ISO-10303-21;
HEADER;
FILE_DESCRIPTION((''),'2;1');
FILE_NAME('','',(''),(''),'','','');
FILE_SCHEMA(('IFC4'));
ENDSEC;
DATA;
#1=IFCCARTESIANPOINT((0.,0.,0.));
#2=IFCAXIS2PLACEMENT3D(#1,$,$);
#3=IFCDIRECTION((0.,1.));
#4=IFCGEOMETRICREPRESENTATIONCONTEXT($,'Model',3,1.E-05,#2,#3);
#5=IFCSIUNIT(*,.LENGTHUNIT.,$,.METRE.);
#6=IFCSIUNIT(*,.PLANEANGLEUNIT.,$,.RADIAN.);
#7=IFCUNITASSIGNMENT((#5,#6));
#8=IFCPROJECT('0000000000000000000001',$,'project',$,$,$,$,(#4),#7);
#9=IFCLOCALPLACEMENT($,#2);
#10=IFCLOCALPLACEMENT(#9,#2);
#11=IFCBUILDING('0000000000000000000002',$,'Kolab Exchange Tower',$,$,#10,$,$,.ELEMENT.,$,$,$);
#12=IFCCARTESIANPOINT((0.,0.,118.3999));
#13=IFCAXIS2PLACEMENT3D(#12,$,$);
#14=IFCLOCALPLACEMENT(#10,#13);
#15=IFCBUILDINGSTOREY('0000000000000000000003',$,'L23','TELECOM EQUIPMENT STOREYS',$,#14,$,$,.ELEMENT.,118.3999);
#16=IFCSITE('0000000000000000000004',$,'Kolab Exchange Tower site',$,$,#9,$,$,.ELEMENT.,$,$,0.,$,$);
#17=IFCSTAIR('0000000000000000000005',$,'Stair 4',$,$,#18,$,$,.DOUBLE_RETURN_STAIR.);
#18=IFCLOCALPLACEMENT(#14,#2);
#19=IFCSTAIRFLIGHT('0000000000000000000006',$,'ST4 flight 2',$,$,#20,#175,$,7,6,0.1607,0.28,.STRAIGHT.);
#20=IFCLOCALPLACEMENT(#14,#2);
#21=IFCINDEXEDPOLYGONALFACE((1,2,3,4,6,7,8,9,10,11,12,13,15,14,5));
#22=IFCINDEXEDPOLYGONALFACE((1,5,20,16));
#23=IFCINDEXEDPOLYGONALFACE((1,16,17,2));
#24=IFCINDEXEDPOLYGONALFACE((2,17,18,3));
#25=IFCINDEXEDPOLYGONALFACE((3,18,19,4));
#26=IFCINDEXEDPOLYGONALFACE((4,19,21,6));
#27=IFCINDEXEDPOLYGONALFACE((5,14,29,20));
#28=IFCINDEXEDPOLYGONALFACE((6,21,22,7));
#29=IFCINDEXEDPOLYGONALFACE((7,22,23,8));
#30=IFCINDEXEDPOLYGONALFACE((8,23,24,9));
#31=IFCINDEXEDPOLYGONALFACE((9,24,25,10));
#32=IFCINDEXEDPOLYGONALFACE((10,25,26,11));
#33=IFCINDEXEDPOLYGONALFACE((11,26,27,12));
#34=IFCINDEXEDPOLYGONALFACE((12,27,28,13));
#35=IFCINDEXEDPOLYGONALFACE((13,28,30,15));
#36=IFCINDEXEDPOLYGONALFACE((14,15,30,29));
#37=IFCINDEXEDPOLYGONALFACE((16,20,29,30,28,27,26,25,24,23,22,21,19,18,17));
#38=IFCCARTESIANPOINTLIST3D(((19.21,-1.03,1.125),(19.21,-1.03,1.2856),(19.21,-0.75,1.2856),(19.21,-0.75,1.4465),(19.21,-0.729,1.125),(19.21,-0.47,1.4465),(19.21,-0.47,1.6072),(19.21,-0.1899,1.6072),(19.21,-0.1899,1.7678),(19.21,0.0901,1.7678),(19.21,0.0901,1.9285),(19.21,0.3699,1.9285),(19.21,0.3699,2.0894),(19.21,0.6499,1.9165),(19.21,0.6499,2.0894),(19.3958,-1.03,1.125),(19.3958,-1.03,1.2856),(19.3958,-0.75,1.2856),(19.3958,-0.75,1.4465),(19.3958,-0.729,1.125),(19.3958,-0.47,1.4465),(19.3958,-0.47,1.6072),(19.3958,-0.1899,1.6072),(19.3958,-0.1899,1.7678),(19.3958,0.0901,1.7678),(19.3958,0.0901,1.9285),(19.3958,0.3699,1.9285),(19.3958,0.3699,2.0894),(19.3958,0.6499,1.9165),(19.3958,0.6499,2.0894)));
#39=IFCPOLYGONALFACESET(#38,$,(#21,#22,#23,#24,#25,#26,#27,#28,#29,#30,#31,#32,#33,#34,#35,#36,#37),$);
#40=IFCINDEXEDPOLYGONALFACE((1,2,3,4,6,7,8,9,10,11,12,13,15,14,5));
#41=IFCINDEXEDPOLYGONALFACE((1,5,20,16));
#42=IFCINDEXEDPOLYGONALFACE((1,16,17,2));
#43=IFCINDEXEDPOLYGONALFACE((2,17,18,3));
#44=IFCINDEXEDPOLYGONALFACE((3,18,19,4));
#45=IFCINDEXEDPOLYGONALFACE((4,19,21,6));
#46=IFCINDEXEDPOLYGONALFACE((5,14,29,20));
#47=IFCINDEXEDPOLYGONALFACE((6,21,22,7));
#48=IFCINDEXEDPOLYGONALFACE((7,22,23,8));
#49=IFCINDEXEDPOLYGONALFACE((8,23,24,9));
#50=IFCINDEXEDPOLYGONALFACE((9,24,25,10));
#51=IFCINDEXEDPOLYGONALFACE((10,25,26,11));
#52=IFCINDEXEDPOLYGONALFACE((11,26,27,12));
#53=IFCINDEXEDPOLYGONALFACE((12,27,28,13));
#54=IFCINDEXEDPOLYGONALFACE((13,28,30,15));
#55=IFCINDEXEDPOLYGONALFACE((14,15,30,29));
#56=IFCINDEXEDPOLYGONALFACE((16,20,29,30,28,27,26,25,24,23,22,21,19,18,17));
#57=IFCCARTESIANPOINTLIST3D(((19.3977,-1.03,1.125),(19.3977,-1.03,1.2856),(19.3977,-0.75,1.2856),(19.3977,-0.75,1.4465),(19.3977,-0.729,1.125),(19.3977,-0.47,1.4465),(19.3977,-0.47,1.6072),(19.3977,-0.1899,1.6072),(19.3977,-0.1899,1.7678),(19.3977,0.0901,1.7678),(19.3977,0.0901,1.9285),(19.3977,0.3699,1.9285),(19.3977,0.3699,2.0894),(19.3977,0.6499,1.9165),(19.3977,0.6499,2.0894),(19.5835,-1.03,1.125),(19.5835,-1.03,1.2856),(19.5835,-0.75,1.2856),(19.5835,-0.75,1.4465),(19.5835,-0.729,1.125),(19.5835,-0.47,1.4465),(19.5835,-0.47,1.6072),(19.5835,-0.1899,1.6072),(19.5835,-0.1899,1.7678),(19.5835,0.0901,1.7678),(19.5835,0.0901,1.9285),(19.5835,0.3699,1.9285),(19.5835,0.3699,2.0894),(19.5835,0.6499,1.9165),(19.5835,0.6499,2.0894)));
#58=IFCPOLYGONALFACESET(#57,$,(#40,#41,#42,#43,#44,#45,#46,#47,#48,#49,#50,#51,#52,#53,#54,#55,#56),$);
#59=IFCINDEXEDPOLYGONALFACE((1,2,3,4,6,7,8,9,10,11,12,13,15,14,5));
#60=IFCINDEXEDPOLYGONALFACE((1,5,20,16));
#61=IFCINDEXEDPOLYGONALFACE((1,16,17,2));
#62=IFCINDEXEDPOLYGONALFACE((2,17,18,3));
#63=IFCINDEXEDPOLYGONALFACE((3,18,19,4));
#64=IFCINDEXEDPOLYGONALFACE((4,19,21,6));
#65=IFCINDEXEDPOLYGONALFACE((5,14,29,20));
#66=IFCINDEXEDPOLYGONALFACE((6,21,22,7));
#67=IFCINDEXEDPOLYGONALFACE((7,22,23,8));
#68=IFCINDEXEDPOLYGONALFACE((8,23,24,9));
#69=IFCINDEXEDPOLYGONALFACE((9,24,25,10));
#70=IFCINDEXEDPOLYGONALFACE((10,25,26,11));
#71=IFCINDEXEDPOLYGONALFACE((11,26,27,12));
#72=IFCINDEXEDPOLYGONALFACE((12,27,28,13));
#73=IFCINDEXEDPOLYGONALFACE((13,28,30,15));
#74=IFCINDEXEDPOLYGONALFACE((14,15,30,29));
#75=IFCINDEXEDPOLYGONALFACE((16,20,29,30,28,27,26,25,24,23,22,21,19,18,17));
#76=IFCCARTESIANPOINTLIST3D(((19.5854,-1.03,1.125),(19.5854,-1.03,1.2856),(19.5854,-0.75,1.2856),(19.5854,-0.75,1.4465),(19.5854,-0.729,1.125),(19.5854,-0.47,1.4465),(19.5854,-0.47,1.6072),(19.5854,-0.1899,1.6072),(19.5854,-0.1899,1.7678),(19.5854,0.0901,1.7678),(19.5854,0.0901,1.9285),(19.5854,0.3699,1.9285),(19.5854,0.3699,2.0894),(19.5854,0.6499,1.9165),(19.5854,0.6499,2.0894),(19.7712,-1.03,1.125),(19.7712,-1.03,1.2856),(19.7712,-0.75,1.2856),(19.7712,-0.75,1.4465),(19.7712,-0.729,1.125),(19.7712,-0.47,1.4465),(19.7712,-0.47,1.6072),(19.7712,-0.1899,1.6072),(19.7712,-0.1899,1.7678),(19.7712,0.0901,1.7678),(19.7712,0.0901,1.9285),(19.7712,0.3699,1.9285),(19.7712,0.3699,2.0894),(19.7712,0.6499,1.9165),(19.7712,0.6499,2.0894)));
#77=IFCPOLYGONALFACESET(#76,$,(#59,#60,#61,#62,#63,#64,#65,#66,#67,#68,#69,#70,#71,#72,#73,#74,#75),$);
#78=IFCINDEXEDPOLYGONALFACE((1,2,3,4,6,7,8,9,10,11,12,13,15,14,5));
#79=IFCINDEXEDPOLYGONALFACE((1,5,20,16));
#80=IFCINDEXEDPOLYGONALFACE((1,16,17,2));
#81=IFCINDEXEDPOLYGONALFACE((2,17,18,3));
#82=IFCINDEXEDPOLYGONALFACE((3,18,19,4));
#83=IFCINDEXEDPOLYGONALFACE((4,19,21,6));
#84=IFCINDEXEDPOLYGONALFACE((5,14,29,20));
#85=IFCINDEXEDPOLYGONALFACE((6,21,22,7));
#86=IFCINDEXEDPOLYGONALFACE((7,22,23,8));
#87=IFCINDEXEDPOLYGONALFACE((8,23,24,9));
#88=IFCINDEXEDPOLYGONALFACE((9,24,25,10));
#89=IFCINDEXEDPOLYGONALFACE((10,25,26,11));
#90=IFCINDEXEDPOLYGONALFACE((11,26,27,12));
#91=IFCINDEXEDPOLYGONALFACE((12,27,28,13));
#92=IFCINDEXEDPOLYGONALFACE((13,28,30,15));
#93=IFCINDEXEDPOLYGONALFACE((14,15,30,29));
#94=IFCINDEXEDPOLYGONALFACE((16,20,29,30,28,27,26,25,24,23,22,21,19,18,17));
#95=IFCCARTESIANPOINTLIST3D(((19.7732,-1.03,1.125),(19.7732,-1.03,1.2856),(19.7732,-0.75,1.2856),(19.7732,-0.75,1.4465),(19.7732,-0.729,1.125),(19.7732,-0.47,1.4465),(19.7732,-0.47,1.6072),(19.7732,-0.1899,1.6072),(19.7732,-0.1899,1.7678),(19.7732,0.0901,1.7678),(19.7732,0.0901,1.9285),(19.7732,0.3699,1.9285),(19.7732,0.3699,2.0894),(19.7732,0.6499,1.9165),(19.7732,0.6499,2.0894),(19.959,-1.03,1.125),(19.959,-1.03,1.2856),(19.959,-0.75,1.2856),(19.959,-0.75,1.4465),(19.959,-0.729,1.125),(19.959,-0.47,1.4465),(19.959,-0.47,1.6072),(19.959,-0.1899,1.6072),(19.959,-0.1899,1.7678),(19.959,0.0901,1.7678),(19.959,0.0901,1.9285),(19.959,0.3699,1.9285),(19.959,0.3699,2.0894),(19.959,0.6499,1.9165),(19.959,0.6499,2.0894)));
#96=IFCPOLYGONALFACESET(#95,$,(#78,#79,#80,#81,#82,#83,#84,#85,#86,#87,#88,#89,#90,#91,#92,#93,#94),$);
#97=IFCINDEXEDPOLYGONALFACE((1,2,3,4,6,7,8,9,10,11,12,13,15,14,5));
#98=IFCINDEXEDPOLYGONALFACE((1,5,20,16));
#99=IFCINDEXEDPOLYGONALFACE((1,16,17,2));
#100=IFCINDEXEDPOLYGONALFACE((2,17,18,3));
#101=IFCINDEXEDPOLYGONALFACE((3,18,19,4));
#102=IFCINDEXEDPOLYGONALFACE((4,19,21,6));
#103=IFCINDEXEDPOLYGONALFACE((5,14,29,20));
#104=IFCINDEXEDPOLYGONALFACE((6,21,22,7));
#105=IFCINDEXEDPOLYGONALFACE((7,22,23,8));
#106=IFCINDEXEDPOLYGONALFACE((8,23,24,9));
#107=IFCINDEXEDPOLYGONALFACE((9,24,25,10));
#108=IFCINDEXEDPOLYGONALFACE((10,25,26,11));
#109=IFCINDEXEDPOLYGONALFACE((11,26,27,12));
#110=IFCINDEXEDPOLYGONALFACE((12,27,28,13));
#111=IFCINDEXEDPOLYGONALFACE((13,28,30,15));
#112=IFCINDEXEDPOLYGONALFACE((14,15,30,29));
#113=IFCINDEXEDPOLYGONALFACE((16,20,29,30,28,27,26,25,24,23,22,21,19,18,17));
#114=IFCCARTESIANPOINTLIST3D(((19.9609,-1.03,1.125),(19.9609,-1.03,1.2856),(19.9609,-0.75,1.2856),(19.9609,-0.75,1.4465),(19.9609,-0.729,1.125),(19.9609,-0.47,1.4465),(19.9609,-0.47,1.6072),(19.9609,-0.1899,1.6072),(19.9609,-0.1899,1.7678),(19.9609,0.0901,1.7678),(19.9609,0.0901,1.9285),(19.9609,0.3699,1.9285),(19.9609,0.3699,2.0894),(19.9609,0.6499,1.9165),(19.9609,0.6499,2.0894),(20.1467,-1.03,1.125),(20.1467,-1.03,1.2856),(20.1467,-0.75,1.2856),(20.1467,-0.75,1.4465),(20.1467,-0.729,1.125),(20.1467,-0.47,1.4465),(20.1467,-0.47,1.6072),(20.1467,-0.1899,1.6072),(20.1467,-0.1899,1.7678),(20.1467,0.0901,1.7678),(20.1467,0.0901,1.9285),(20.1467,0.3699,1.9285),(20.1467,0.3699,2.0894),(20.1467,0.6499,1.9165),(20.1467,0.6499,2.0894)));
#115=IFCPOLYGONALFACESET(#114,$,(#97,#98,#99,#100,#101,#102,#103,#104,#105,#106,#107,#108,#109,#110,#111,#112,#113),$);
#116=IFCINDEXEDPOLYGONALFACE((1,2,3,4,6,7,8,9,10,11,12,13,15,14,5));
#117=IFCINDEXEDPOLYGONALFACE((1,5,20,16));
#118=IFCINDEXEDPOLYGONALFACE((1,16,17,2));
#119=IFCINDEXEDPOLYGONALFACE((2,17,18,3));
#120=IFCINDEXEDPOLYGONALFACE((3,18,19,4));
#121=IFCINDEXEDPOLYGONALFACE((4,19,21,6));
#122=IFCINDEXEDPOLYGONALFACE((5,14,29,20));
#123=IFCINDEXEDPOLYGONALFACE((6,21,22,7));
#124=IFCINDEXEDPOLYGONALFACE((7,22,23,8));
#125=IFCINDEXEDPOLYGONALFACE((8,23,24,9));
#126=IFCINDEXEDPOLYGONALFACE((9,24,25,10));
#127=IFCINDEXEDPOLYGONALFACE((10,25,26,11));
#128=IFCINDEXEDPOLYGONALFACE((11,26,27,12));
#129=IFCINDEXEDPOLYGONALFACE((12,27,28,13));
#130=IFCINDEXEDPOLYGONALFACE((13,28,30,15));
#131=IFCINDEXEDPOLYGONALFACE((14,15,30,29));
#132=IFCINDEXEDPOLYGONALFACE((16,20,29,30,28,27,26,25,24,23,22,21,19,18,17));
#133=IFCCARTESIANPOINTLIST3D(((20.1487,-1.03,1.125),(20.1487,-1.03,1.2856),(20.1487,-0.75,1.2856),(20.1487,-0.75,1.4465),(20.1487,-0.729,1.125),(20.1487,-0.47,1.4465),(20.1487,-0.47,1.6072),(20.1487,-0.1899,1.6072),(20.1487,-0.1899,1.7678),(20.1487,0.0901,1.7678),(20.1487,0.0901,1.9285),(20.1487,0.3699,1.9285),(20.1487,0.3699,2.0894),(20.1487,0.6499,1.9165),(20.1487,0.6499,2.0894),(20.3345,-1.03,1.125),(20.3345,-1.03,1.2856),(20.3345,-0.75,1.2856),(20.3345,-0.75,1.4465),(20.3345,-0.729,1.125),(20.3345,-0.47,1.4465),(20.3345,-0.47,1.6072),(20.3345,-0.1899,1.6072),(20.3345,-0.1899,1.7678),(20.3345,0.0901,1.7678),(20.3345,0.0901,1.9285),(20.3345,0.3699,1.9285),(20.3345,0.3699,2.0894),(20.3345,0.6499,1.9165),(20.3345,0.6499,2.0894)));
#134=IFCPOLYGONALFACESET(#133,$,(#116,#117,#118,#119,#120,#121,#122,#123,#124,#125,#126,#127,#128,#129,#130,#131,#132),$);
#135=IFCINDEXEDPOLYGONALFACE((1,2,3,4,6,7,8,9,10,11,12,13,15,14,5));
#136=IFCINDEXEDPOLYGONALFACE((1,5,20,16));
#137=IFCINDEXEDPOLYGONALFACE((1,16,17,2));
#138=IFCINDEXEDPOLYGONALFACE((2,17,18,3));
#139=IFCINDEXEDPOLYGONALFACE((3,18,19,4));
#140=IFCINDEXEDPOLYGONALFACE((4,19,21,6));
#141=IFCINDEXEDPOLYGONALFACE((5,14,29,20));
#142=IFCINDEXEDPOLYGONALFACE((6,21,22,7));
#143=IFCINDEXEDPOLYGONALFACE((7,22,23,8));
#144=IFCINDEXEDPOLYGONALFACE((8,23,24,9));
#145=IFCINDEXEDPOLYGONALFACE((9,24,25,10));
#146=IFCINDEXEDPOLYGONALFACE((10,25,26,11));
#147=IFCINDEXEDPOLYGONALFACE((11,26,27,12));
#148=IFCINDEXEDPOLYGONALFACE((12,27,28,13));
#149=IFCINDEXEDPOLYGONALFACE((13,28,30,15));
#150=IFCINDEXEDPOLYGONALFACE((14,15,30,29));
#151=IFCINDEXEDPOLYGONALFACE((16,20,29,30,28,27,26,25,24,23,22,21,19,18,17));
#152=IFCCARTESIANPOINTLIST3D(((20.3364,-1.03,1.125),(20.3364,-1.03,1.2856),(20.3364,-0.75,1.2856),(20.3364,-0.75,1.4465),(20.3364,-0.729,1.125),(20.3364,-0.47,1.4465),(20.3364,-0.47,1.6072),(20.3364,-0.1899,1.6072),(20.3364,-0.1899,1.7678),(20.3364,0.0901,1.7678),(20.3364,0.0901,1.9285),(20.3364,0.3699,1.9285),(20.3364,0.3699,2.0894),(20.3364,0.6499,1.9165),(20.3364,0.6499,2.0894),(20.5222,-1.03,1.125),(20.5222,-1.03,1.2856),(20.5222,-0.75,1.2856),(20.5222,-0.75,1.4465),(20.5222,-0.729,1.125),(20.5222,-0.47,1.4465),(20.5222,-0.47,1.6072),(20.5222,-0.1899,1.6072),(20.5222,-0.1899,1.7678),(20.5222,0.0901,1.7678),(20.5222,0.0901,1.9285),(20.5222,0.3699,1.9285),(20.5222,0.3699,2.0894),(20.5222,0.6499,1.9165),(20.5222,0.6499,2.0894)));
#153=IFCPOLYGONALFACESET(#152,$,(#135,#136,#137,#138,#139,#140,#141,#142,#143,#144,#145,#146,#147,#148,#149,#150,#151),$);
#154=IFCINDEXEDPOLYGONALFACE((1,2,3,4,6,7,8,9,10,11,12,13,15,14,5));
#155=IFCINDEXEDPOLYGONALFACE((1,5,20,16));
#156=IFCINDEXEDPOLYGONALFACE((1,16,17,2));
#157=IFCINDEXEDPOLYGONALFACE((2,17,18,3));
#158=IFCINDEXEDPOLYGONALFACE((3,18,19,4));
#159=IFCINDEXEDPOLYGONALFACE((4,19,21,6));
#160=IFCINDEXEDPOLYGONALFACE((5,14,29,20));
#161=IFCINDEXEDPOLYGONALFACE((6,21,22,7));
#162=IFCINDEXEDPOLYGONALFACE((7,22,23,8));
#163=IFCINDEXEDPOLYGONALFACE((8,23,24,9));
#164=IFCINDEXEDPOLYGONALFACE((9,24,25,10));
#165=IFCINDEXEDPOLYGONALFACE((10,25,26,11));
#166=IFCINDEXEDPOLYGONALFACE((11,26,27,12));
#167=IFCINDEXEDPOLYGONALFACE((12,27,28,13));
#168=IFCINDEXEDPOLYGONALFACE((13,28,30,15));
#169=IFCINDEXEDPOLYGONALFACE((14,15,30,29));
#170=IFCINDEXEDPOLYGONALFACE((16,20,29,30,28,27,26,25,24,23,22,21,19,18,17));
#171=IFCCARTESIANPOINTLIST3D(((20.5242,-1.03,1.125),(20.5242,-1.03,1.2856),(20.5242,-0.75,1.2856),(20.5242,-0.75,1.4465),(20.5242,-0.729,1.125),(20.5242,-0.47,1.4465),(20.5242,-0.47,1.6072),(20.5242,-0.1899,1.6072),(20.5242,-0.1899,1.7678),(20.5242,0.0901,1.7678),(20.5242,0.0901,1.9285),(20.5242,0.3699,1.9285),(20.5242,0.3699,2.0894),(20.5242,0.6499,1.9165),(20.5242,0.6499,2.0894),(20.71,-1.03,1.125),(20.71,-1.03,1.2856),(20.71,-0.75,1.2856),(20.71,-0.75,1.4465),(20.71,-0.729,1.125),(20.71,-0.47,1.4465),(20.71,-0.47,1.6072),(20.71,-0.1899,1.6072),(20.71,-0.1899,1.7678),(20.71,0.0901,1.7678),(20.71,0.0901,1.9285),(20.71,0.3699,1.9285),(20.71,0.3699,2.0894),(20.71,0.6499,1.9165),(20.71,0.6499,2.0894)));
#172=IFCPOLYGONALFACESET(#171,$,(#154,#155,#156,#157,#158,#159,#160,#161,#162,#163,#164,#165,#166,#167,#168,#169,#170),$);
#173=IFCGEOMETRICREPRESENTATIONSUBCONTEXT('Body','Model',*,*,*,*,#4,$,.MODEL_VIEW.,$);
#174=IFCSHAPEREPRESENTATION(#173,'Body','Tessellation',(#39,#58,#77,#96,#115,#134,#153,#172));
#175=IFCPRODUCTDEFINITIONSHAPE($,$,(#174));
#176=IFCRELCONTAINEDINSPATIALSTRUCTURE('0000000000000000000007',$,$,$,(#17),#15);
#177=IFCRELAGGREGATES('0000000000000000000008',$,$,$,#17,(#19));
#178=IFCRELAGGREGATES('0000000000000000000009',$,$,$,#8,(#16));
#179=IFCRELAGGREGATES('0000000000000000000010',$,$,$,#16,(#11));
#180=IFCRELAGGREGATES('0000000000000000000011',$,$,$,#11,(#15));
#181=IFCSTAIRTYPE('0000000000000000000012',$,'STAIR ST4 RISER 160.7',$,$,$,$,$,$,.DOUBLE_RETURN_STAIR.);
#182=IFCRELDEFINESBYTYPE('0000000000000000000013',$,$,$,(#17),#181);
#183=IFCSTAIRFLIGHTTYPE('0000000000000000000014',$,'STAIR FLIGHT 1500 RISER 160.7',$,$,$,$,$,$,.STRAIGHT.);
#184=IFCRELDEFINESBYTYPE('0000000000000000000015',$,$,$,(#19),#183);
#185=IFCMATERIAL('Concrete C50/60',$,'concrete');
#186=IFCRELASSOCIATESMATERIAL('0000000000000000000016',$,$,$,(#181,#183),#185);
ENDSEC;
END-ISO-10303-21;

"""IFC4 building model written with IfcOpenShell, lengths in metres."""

from ifc_helpers import new_model, si_unit, direction, frame, origin, place, context, subcontext, project, spatial, polyline, outline, extrude, material, type_object, element, aggregate, save


model = new_model("IFC4")

# Units and contexts
model_context = context("Model", 3, precision=1e-05, world=origin(), true_north=direction((0.0, 1.0)))
body_context = subcontext(model_context, "Body", "Model", "MODEL_VIEW")
ifc_project = project(units=[si_unit("LENGTHUNIT", "METRE"), si_unit("PLANEANGLEUNIT", "RADIAN")], contexts=[model_context])

# Site, building, storey
site_placement = place(None, origin())
site = spatial("IfcSite", under=ifc_project, at=site_placement, Name="Kolab Exchange Tower site", CompositionType="ELEMENT", RefElevation=0.0)
building_placement = place(site_placement, origin())
building = spatial("IfcBuilding", under=site, at=building_placement, Name="Kolab Exchange Tower", CompositionType="ELEMENT")
storey_placement = place(building_placement, frame((0.0, 0.0, 118.3999)))
storey = spatial("IfcBuildingStorey", under=building, at=storey_placement, Name="L23", Description="TELECOM EQUIPMENT STOREYS", CompositionType="ELEMENT", Elevation=118.3999)

# Shared definitions
ifc_material_1 = material(Name="Concrete C50/60", Category="concrete")

# Stair, stair flight
stair_type = type_object("IfcStairType", Name="STAIR ST4 RISER 160.7", PredefinedType="DOUBLE_RETURN_STAIR", material=ifc_material_1)
stair_placement = place(storey_placement, origin())
stair = element("IfcStair", 1, at=stair_placement, inside=storey, type_object=stair_type, Name="Stair 4", PredefinedType="DOUBLE_RETURN_STAIR")
stair_flight_type = type_object("IfcStairFlightType", Name="STAIR FLIGHT 1500 RISER 160.7", PredefinedType="STRAIGHT", material=ifc_material_1)
stair_flight_1_placement = place(storey_placement, frame((19.96, -1.03, 1.125), z_axis=(0.0, 0.0, 1.0), x_axis=(0.0, 1.0, 0.0)))
stair_flight_1 = element("IfcStairFlight", 2, at=stair_flight_1_placement, type_object=stair_flight_type, Name="ST4 flight 2", NumberOfRisers=7, NumberOfTreads=6, PredefinedType="STRAIGHT", RiserHeight=0.1607, TreadLength=0.28, context=body_context, shape_type="SweptSolid", body=[
    extrude(outline(polyline([(0.0, 0.0), (0.0, 0.1606), (0.28, 0.1606), (0.28, 0.3215), (0.5601, 0.3215), (0.5601, 0.4822), (0.8401, 0.4822), (0.8401, 0.6428), (1.1201, 0.6428), (1.1201, 0.8035), (1.3999, 0.8035), (1.3999, 0.9644), (1.6799, 0.9644), (1.6799, 1.125), (1.6799, 0.7915), (0.301, 0.0), (0.0, 0.0)])), frame((0.0, 0.75, 0.0), z_axis=(0.0, -1.0, 0.0), x_axis=(1.0, 0.0, 0.0)), (0.0, 0.0, 1.0), 0.1858),
    extrude(outline(polyline([(0.0, 0.0), (0.0, 0.1606), (0.28, 0.1606), (0.28, 0.3215), (0.5601, 0.3215), (0.5601, 0.4822), (0.8401, 0.4822), (0.8401, 0.6428), (1.1201, 0.6428), (1.1201, 0.8035), (1.3999, 0.8035), (1.3999, 0.9644), (1.6799, 0.9644), (1.6799, 1.125), (1.6799, 0.7915), (0.301, 0.0), (0.0, 0.0)])), frame((0.0, 0.5623, 0.0), z_axis=(0.0, -1.0, 0.0), x_axis=(1.0, 0.0, 0.0)), (0.0, 0.0, 1.0), 0.1858),
    extrude(outline(polyline([(0.0, 0.0), (0.0, 0.1606), (0.28, 0.1606), (0.28, 0.3215), (0.5601, 0.3215), (0.5601, 0.4822), (0.8401, 0.4822), (0.8401, 0.6428), (1.1201, 0.6428), (1.1201, 0.8035), (1.3999, 0.8035), (1.3999, 0.9644), (1.6799, 0.9644), (1.6799, 1.125), (1.6799, 0.7915), (0.301, 0.0), (0.0, 0.0)])), frame((0.0, 0.3745, 0.0), z_axis=(0.0, -1.0, 0.0), x_axis=(1.0, 0.0, 0.0)), (0.0, 0.0, 1.0), 0.1858),
    extrude(outline(polyline([(0.0, 0.0), (0.0, 0.1606), (0.28, 0.1606), (0.28, 0.3215), (0.5601, 0.3215), (0.5601, 0.4822), (0.8401, 0.4822), (0.8401, 0.6428), (1.1201, 0.6428), (1.1201, 0.8035), (1.3999, 0.8035), (1.3999, 0.9644), (1.6799, 0.9644), (1.6799, 1.125), (1.6799, 0.7915), (0.301, 0.0), (0.0, 0.0)])), frame((0.0, 0.1868, 0.0), z_axis=(0.0, -1.0, 0.0), x_axis=(1.0, 0.0, 0.0)), (0.0, 0.0, 1.0), 0.1858),
    extrude(outline(polyline([(0.0, 0.0), (0.0, 0.1606), (0.28, 0.1606), (0.28, 0.3215), (0.5601, 0.3215), (0.5601, 0.4822), (0.8401, 0.4822), (0.8401, 0.6428), (1.1201, 0.6428), (1.1201, 0.8035), (1.3999, 0.8035), (1.3999, 0.9644), (1.6799, 0.9644), (1.6799, 1.125), (1.6799, 0.7915), (0.301, 0.0), (0.0, 0.0)])), frame((0.0, -0.001, 0.0), z_axis=(0.0, -1.0, 0.0), x_axis=(1.0, 0.0, 0.0)), (0.0, 0.0, 1.0), 0.1858),
    extrude(outline(polyline([(0.0, 0.0), (0.0, 0.1606), (0.28, 0.1606), (0.28, 0.3215), (0.5601, 0.3215), (0.5601, 0.4822), (0.8401, 0.4822), (0.8401, 0.6428), (1.1201, 0.6428), (1.1201, 0.8035), (1.3999, 0.8035), (1.3999, 0.9644), (1.6799, 0.9644), (1.6799, 1.125), (1.6799, 0.7915), (0.301, 0.0), (0.0, 0.0)])), frame((0.0, -0.1887, 0.0), z_axis=(0.0, -1.0, 0.0), x_axis=(1.0, 0.0, 0.0)), (0.0, 0.0, 1.0), 0.1858),
    extrude(outline(polyline([(0.0, 0.0), (0.0, 0.1606), (0.28, 0.1606), (0.28, 0.3215), (0.5601, 0.3215), (0.5601, 0.4822), (0.8401, 0.4822), (0.8401, 0.6428), (1.1201, 0.6428), (1.1201, 0.8035), (1.3999, 0.8035), (1.3999, 0.9644), (1.6799, 0.9644), (1.6799, 1.125), (1.6799, 0.7915), (0.301, 0.0), (0.0, 0.0)])), frame((0.0, -0.3765, 0.0), z_axis=(0.0, -1.0, 0.0), x_axis=(1.0, 0.0, 0.0)), (0.0, 0.0, 1.0), 0.1858),
    extrude(outline(polyline([(0.0, 0.0), (0.0, 0.1606), (0.28, 0.1606), (0.28, 0.3215), (0.5601, 0.3215), (0.5601, 0.4822), (0.8401, 0.4822), (0.8401, 0.6428), (1.1201, 0.6428), (1.1201, 0.8035), (1.3999, 0.8035), (1.3999, 0.9644), (1.6799, 0.9644), (1.6799, 1.125), (1.6799, 0.7915), (0.301, 0.0), (0.0, 0.0)])), frame((0.0, -0.5642, 0.0), z_axis=(0.0, -1.0, 0.0), x_axis=(1.0, 0.0, 0.0)), (0.0, 0.0, 1.0), 0.1858),
])
aggregate(stair, [stair_flight_1])

save(model, "model.ifc")
